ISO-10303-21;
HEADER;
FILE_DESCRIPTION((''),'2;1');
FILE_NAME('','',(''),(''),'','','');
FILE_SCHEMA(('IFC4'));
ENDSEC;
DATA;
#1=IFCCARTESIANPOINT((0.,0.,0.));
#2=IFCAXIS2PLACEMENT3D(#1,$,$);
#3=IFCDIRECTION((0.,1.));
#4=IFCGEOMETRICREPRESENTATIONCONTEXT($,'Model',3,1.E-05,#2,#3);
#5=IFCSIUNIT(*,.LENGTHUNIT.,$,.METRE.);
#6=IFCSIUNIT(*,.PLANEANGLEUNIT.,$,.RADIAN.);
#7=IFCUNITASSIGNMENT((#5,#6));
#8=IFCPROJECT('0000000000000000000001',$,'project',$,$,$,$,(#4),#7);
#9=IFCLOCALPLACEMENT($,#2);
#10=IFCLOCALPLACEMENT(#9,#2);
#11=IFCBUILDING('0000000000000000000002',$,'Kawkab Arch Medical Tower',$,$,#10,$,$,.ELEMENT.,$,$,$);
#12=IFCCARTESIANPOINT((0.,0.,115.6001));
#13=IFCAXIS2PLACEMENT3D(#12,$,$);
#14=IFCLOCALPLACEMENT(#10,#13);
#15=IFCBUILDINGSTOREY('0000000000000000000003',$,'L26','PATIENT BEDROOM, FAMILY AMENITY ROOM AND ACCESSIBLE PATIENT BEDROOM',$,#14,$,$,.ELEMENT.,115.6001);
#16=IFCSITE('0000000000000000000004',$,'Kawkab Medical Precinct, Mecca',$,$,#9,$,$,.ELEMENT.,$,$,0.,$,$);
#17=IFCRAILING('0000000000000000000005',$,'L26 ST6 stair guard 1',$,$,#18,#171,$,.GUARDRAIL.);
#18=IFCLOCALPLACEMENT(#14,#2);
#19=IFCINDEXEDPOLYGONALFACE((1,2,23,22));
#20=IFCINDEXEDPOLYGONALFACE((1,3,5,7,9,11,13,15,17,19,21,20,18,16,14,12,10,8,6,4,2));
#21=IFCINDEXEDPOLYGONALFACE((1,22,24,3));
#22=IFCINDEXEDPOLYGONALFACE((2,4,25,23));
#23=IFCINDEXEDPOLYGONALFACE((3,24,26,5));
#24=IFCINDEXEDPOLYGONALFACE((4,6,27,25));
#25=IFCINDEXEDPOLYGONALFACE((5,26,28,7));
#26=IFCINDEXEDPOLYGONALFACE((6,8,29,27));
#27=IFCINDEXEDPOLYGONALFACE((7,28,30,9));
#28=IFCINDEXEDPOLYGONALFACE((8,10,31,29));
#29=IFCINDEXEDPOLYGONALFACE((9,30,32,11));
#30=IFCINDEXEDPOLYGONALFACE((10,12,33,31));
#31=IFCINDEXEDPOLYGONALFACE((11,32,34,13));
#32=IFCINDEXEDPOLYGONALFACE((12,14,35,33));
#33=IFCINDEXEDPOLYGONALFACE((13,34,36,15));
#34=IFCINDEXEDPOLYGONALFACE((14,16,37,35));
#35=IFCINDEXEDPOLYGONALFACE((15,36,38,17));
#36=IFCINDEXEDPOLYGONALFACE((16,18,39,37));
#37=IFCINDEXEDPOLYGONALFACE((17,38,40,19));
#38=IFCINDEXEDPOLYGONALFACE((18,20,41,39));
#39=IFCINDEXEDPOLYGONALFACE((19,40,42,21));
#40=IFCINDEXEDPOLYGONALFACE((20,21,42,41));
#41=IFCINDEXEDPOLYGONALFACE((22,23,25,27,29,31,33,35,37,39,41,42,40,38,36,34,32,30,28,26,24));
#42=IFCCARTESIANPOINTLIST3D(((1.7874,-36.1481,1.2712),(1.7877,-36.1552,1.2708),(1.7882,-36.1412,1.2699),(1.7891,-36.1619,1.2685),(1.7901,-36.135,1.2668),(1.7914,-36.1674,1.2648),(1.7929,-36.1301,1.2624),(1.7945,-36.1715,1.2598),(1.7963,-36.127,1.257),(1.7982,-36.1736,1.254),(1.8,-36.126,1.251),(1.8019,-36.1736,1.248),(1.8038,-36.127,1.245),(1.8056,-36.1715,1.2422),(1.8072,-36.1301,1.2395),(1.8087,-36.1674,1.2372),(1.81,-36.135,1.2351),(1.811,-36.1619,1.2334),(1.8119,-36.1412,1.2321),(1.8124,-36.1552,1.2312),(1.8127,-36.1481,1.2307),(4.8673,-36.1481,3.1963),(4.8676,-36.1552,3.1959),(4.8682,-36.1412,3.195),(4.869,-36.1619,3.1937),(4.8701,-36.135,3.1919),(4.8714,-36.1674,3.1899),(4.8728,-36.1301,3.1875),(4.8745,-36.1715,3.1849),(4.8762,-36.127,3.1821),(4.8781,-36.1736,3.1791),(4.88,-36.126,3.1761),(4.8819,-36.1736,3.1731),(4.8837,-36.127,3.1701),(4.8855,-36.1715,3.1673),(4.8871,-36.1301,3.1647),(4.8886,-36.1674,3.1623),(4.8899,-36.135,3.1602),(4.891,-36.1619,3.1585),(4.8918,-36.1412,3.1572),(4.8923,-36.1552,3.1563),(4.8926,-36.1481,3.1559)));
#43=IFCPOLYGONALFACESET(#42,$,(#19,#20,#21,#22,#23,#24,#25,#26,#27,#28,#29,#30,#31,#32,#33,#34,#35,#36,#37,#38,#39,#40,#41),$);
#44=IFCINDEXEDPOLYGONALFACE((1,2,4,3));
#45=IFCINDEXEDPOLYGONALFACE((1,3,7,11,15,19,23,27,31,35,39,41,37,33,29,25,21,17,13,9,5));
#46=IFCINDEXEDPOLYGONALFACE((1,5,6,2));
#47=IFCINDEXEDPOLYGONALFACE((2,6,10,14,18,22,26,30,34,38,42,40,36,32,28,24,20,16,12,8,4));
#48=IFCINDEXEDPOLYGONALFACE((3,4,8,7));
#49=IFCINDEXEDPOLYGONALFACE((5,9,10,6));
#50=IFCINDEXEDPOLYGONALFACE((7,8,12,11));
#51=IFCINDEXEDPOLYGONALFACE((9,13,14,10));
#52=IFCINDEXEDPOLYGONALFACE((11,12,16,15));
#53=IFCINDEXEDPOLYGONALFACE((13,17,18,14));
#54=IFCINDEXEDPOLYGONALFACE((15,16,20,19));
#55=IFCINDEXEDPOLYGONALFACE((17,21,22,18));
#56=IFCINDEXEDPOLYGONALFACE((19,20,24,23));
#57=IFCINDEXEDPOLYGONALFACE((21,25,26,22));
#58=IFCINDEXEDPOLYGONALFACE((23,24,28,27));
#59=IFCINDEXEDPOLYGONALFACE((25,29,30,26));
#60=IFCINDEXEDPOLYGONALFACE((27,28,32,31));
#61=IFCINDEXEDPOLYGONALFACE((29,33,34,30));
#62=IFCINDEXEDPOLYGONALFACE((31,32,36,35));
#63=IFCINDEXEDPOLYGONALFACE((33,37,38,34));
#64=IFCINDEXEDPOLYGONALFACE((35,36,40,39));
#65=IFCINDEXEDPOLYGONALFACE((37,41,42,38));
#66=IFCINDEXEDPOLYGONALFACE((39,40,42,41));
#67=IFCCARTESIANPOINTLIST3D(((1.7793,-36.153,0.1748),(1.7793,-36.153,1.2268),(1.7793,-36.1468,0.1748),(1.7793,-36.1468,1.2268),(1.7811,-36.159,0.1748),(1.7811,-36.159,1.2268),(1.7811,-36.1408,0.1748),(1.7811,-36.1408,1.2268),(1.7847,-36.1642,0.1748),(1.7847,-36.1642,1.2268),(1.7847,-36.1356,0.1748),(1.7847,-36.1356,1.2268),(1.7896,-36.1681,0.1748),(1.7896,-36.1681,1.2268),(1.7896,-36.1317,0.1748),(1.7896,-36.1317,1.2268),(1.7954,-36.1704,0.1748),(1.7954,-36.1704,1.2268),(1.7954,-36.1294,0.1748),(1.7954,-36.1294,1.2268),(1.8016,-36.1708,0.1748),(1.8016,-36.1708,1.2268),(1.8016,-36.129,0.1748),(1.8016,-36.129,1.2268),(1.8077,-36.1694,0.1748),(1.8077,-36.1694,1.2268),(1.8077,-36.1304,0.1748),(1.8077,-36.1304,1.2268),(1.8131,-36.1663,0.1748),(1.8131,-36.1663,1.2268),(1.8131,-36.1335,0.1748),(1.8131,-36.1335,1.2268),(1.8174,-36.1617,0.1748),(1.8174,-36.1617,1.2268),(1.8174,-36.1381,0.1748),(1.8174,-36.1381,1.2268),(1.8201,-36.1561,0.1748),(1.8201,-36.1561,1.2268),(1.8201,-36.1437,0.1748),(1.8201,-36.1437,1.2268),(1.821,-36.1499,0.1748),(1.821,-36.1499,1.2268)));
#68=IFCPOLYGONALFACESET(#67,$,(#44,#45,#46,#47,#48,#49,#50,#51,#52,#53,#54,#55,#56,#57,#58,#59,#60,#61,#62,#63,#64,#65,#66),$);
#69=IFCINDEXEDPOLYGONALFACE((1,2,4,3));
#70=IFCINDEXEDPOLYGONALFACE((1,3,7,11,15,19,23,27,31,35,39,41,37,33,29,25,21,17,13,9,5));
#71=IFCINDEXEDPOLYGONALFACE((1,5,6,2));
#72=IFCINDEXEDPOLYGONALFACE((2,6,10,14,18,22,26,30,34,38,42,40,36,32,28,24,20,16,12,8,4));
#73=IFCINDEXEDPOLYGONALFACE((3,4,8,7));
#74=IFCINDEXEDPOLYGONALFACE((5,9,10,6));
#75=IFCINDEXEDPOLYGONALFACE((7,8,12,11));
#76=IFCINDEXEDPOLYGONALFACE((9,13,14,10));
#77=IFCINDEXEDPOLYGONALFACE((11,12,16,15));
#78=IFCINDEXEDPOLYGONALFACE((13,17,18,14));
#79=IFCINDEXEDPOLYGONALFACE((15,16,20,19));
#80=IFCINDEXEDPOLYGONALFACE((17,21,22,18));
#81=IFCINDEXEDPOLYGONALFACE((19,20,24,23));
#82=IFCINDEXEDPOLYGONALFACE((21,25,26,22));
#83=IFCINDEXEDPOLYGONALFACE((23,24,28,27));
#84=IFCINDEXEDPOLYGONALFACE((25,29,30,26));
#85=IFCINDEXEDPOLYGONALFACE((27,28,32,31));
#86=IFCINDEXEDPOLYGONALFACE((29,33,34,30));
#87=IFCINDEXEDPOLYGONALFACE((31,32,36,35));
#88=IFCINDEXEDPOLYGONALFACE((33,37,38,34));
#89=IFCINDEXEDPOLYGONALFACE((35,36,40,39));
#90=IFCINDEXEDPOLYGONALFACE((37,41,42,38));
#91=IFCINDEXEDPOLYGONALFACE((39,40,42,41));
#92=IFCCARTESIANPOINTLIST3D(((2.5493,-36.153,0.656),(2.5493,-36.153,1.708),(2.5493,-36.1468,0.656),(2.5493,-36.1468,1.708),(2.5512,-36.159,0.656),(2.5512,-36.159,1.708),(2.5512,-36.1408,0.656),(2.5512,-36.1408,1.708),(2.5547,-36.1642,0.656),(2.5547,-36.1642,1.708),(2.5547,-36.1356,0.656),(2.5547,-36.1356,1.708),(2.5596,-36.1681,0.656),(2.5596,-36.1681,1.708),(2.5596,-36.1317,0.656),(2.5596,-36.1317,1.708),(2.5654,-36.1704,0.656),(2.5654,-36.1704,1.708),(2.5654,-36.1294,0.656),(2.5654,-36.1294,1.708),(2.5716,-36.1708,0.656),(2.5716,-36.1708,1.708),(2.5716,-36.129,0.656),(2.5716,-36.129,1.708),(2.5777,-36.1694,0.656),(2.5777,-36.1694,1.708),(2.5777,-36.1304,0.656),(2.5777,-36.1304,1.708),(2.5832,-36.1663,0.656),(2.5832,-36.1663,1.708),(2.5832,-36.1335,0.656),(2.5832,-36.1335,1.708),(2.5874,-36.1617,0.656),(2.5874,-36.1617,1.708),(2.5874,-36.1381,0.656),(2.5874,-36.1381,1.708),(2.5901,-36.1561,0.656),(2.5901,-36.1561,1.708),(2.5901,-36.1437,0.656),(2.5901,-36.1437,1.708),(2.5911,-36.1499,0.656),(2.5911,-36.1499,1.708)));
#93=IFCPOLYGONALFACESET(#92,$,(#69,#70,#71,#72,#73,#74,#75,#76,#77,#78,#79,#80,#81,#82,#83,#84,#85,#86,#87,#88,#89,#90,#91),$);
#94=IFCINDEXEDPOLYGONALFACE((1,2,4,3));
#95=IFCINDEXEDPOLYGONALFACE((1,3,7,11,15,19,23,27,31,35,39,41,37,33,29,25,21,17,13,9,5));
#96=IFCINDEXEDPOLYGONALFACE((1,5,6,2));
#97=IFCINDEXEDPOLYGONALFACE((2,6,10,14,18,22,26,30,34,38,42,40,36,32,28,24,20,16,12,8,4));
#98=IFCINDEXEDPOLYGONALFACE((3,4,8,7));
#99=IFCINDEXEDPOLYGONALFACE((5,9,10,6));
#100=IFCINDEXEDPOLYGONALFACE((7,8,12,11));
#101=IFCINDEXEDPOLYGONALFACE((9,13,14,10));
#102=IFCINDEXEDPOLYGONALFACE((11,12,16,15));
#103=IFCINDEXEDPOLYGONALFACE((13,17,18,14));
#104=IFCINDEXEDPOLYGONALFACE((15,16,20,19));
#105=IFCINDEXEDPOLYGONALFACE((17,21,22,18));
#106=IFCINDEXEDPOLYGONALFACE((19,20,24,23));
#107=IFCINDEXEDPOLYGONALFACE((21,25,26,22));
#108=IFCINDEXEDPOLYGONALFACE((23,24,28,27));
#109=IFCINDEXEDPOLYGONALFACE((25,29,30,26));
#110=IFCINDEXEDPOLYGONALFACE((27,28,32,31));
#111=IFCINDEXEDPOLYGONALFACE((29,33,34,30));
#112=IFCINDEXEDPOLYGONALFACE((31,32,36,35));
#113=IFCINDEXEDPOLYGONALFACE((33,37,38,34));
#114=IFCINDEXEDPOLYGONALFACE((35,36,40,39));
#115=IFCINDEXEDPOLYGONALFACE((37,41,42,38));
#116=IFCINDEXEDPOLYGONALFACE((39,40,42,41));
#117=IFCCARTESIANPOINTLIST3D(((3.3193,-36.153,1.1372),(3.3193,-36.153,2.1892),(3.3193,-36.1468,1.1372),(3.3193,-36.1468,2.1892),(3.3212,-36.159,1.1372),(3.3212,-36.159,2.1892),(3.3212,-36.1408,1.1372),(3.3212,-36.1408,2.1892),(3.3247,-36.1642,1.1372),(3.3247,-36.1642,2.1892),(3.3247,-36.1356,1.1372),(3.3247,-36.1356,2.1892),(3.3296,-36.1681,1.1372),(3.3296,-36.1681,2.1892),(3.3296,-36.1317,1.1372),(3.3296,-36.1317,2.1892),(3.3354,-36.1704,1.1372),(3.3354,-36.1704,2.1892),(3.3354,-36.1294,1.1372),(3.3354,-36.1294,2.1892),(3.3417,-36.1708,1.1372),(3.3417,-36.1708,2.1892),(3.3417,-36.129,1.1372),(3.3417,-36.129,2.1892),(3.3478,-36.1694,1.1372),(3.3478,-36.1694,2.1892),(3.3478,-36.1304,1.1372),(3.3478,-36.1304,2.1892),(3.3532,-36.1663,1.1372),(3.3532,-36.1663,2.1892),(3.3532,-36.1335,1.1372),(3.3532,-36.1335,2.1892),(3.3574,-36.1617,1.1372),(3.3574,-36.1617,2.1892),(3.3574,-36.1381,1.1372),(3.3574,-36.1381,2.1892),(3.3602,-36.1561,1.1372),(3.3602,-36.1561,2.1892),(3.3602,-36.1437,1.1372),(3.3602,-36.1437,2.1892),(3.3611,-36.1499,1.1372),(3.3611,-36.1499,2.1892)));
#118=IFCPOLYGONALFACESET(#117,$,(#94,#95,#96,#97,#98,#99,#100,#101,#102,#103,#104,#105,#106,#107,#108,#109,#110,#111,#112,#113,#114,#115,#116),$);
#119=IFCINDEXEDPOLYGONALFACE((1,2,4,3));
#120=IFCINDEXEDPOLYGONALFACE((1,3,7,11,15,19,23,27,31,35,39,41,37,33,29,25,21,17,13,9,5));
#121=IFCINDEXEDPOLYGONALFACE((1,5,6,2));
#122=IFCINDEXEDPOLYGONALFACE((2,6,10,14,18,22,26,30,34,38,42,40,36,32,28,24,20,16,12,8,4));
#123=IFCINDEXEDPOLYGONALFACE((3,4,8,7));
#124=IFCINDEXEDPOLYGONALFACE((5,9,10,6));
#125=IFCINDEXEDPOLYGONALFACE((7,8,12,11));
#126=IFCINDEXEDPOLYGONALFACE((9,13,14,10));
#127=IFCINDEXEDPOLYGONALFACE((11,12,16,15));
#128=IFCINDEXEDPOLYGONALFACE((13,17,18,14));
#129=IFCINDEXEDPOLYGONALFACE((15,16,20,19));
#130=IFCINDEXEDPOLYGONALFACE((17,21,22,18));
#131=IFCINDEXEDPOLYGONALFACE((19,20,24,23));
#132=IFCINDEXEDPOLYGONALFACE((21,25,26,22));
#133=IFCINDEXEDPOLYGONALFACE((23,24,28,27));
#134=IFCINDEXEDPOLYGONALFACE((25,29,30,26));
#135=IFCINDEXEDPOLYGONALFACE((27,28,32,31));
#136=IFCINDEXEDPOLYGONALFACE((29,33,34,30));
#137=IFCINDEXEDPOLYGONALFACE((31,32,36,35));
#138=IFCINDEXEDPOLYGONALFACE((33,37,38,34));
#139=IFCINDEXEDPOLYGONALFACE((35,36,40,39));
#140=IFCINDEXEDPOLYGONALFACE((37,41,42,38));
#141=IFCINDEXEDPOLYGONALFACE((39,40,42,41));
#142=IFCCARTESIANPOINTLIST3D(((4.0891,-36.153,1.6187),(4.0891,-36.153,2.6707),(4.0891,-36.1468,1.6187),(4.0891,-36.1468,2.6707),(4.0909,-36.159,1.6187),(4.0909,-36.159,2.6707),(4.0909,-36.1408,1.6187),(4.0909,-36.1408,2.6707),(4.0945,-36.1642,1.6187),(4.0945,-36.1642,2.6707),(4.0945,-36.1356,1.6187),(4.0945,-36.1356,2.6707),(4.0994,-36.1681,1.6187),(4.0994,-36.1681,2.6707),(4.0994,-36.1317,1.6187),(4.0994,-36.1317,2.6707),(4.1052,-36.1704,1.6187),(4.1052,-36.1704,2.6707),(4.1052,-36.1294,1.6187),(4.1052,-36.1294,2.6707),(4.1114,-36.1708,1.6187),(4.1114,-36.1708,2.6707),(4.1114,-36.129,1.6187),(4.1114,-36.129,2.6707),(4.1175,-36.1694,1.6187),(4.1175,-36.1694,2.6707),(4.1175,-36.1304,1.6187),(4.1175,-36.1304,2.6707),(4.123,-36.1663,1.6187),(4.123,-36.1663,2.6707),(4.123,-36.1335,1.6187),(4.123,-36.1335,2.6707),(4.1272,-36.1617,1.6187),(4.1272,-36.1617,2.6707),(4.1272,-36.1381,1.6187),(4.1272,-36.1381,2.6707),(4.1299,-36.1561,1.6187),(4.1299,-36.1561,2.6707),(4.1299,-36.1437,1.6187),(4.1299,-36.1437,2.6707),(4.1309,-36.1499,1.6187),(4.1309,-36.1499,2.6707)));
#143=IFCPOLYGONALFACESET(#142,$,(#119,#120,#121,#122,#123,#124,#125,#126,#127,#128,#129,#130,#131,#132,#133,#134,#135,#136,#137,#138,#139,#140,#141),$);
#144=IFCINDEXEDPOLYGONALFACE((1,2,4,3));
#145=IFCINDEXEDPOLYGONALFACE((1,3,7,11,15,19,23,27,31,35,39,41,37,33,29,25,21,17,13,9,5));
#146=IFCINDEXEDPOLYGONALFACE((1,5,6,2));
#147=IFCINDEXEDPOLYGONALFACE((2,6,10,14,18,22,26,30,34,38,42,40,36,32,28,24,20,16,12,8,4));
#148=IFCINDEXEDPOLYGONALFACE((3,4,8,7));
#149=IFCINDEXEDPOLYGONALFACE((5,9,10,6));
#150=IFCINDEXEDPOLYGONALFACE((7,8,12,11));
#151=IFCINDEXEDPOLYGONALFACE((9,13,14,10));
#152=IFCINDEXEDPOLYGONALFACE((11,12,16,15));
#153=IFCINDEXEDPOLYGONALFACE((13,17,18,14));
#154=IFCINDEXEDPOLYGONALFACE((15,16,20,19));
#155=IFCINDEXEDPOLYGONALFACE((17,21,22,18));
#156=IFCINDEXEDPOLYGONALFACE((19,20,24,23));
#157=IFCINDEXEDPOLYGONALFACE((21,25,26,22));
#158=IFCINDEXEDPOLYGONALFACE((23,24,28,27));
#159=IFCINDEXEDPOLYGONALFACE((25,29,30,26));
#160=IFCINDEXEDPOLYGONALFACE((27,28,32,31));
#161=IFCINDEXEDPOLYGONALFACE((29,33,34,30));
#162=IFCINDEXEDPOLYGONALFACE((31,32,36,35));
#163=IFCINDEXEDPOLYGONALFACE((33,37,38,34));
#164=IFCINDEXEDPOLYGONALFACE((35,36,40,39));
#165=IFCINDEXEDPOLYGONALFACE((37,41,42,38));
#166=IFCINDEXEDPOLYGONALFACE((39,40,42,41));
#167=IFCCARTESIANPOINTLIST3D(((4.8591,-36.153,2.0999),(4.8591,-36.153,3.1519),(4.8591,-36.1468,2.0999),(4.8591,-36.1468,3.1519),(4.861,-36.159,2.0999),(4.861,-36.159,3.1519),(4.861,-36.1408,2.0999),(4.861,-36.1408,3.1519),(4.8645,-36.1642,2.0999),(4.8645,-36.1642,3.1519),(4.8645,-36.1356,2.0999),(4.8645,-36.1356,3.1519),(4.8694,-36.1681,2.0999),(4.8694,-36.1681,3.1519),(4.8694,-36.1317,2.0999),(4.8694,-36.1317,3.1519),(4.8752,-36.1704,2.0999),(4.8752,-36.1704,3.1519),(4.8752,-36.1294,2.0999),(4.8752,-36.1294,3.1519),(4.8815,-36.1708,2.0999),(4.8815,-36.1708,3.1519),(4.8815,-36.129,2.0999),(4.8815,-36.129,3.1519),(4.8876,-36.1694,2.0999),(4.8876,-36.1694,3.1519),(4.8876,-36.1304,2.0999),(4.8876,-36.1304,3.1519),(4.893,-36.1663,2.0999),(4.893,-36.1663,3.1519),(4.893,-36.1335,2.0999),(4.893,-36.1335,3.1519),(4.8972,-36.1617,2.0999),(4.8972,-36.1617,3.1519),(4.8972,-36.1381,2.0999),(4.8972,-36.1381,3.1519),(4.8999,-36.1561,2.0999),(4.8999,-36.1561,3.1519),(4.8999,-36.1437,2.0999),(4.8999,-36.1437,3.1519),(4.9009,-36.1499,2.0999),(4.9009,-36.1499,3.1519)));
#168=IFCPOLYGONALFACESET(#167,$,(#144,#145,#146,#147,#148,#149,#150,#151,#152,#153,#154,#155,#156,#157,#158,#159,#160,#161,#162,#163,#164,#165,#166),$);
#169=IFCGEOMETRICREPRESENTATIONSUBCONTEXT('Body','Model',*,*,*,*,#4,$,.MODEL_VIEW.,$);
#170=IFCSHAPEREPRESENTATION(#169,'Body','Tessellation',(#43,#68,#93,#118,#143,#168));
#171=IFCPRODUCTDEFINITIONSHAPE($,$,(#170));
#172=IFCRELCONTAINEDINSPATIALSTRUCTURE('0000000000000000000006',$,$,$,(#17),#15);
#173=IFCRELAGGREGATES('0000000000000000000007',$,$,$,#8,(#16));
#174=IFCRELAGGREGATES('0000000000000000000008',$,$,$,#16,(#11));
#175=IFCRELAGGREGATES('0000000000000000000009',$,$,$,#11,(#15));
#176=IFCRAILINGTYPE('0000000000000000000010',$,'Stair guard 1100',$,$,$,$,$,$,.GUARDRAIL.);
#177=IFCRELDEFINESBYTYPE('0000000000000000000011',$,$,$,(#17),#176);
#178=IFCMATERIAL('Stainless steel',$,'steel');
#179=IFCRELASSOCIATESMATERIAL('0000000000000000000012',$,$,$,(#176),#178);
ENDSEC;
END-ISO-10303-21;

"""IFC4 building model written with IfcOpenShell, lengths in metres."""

from ifc_helpers import new_model, si_unit, direction, frame, origin, origin_2d, place, context, subcontext, project, spatial, circle, extrude, material, type_object, element, save


model = new_model("IFC4")

# Units and contexts
model_context = context("Model", 3, precision=1e-05, world=origin(), true_north=direction((0.0, 1.0)))
body_context = subcontext(model_context, "Body", "Model", "MODEL_VIEW")
ifc_project = project(units=[si_unit("LENGTHUNIT", "METRE"), si_unit("PLANEANGLEUNIT", "RADIAN")], contexts=[model_context])

# Site, building, storey
site_placement = place(None, origin())
site = spatial("IfcSite", under=ifc_project, at=site_placement, Name="Kawkab Medical Precinct, Mecca", CompositionType="ELEMENT", RefElevation=0.0)
building_placement = place(site_placement, origin())
building = spatial("IfcBuilding", under=site, at=building_placement, Name="Kawkab Arch Medical Tower", CompositionType="ELEMENT")
storey_placement = place(building_placement, frame((0.0, 0.0, 115.6001)))
storey = spatial("IfcBuildingStorey", under=building, at=storey_placement, Name="L26", Description="PATIENT BEDROOM, FAMILY AMENITY ROOM AND ACCESSIBLE PATIENT BEDROOM", CompositionType="ELEMENT", Elevation=115.6001)

# Railing
ifc_material_1 = material(Name="Stainless steel", Category="steel")
railing_type = type_object("IfcRailingType", Name="Stair guard 1100", PredefinedType="GUARDRAIL", material=ifc_material_1)
railing_1_placement = place(storey_placement, frame((1.8, -36.1499, 0.1748)))
element("IfcRailing", 1, at=railing_1_placement, inside=storey, type_object=railing_type, Name="L26 ST6 stair guard 1", PredefinedType="GUARDRAIL", context=body_context, shape_type="SweptSolid", body=[
    extrude(circle(Radius=0.0239, at=origin_2d()), frame((0.0, 0.0, 1.0762), z_axis=(0.847979, 0.0, 0.530029), x_axis=(0.0, 1.0, 0.0)), (0.0, 0.0, 1.0), 3.6321),
    extrude(circle(Radius=0.021, at=origin_2d()), origin(), (0.0, 0.0, 1.0), 1.052),
    extrude(circle(Radius=0.021, at=origin_2d()), frame((0.77, 0.0, 0.4812)), (0.0, 0.0, 1.0), 1.052),
    extrude(circle(Radius=0.021, at=origin_2d()), frame((1.54, 0.0, 0.9624)), (0.0, 0.0, 1.0), 1.052),
    extrude(circle(Radius=0.021, at=origin_2d()), frame((2.3098, 0.0, 1.4438)), (0.0, 0.0, 1.0), 1.052),
    extrude(circle(Radius=0.021, at=origin_2d()), frame((3.0798, 0.0, 1.925)), (0.0, 0.0, 1.0), 1.052),
])

save(model, "model.ifc")
